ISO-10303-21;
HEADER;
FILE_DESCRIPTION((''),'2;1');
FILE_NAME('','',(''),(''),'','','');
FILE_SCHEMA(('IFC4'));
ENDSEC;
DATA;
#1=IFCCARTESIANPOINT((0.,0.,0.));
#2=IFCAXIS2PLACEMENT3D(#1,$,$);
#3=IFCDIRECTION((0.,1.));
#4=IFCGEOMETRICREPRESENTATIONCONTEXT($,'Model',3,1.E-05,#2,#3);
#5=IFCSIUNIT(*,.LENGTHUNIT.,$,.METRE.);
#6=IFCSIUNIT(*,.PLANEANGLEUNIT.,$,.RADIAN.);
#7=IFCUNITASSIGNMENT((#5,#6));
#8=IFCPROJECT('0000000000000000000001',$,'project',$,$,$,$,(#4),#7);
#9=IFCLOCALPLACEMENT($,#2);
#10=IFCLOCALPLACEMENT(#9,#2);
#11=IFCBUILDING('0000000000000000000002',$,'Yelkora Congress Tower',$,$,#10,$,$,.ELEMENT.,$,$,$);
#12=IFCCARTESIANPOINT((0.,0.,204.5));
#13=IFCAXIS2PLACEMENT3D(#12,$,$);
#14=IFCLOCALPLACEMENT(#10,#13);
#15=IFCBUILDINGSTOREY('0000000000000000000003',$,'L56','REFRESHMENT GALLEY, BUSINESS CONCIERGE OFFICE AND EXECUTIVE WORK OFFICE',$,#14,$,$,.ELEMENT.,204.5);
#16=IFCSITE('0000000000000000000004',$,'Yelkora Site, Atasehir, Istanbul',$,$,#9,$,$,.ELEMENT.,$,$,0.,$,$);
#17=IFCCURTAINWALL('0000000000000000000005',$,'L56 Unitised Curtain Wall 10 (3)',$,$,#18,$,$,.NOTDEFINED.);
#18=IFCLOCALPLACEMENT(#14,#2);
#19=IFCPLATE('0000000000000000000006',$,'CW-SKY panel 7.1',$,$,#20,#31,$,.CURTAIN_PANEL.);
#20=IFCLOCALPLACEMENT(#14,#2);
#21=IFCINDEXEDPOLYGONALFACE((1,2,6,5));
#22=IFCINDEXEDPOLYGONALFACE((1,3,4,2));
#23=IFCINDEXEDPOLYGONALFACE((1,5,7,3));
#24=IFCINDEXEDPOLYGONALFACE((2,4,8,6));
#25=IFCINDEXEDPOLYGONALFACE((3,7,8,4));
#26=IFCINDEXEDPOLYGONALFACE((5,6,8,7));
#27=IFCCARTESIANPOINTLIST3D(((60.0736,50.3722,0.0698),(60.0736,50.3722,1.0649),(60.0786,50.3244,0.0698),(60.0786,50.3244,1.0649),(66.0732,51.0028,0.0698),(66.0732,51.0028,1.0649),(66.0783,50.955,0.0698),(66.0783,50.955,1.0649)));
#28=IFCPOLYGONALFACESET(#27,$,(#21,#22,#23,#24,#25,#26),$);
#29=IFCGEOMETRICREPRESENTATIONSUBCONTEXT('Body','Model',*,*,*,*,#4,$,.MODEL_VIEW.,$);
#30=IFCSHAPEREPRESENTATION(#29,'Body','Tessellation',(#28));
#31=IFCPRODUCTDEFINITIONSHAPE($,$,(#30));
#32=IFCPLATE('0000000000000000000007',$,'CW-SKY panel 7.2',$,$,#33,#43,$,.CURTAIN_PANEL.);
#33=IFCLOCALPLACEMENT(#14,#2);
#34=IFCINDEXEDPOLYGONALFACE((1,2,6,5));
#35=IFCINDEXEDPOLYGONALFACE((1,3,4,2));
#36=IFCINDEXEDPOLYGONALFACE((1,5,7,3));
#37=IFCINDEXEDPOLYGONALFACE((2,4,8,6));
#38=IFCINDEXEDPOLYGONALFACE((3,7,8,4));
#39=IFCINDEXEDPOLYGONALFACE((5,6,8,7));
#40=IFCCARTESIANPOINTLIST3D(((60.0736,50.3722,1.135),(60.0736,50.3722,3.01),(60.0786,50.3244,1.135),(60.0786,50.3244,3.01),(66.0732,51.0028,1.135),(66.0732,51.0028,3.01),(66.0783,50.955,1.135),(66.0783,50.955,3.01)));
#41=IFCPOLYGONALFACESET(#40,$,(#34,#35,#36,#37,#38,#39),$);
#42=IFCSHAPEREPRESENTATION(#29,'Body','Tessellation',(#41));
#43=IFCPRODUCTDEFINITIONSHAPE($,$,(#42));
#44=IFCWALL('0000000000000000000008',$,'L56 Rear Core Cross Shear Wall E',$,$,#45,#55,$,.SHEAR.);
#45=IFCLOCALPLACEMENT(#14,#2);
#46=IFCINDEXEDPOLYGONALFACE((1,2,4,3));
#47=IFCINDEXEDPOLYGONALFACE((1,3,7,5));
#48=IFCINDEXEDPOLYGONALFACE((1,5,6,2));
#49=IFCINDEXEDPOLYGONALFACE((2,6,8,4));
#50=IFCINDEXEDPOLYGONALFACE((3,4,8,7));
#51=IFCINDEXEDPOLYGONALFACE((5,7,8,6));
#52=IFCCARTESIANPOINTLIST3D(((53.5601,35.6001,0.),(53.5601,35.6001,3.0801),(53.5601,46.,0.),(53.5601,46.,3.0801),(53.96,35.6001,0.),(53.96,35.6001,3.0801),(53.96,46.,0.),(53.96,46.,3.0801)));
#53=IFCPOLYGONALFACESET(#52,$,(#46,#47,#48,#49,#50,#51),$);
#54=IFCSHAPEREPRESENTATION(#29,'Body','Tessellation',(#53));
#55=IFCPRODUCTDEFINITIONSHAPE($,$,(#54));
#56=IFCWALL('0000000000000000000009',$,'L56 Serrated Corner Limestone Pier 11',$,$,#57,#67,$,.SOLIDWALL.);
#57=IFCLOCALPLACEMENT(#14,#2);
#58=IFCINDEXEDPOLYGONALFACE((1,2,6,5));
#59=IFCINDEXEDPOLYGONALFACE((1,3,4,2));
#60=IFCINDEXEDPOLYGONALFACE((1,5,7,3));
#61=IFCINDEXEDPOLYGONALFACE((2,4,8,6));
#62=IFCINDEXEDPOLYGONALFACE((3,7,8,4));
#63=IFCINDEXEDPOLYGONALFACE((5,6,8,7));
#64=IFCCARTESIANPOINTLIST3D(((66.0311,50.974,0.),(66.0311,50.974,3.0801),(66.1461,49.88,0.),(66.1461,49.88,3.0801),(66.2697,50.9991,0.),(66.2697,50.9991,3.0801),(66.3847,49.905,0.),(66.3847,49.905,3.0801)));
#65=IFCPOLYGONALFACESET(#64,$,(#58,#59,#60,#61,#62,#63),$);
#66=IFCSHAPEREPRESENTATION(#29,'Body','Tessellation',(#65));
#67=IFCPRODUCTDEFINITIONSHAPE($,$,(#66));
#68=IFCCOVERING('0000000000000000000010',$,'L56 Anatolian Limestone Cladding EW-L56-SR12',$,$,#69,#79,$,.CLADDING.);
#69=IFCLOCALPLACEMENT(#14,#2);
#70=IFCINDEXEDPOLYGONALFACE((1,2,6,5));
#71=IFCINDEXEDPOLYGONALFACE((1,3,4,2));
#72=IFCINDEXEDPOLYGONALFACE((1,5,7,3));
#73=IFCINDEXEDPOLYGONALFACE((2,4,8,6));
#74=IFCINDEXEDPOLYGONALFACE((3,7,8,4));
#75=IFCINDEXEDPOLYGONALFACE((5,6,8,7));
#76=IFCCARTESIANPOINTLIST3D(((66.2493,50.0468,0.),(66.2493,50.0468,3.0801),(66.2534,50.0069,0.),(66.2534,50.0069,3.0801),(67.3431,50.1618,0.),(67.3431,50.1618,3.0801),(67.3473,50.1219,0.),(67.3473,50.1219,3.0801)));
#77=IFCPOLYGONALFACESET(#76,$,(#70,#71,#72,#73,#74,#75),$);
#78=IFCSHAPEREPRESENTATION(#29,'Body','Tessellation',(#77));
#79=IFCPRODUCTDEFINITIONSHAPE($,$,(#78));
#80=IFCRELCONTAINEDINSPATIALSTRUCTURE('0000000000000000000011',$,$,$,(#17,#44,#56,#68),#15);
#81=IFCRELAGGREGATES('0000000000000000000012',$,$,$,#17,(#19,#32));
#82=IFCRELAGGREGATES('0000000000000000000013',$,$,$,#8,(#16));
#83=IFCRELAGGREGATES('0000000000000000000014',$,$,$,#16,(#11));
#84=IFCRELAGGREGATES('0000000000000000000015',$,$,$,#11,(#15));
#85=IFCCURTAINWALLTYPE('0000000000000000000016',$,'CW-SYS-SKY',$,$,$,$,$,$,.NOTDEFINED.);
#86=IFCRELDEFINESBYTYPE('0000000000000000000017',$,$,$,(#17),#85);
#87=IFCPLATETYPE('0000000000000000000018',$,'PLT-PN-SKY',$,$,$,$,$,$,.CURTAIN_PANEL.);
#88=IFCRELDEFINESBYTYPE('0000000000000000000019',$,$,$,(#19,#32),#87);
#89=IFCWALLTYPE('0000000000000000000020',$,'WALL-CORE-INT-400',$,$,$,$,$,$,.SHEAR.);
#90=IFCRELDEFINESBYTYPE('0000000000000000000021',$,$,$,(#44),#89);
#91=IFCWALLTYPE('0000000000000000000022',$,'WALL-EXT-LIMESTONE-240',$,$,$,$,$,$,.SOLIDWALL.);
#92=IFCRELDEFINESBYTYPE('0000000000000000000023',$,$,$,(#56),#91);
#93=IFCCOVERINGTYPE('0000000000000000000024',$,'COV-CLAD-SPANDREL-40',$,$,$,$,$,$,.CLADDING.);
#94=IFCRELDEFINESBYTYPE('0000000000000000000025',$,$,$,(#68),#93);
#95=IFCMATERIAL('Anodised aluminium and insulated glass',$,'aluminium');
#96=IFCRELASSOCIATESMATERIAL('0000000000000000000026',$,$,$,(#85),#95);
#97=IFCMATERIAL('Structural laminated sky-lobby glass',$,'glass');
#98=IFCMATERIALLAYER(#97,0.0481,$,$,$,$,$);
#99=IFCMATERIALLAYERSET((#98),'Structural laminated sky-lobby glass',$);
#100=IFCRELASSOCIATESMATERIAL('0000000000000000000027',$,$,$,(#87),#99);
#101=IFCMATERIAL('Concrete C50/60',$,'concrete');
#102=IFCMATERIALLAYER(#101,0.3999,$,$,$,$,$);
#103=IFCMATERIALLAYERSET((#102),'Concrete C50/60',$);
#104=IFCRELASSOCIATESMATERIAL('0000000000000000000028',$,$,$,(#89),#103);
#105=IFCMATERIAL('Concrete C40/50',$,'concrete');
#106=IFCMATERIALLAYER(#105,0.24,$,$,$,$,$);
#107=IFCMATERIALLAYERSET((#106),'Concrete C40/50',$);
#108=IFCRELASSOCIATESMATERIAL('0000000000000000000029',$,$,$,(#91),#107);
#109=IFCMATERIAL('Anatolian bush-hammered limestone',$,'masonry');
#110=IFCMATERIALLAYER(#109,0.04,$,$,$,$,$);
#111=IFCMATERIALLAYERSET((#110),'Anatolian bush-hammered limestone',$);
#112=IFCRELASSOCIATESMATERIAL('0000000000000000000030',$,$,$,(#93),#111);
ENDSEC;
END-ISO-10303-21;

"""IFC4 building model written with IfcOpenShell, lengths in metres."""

from ifc_helpers import new_model, si_unit, direction, frame, frame_2d, origin, origin_2d, place, context, subcontext, project, spatial, rectangle, extrude, material, layer, layer_set, type_object, element, aggregate, save


model = new_model("IFC4")

# Units and contexts
model_context = context("Model", 3, precision=1e-05, world=origin(), true_north=direction((0.0, 1.0)))
body_context = subcontext(model_context, "Body", "Model", "MODEL_VIEW")
ifc_project = project(units=[si_unit("LENGTHUNIT", "METRE"), si_unit("PLANEANGLEUNIT", "RADIAN")], contexts=[model_context])

# Site, building, storey
site_placement = place(None, origin())
site = spatial("IfcSite", under=ifc_project, at=site_placement, Name="Yelkora Site, Atasehir, Istanbul", CompositionType="ELEMENT", RefElevation=0.0)
building_placement = place(site_placement, origin())
building = spatial("IfcBuilding", under=site, at=building_placement, Name="Yelkora Congress Tower", CompositionType="ELEMENT")
storey_placement = place(building_placement, frame((0.0, 0.0, 204.5)))
storey = spatial("IfcBuildingStorey", under=building, at=storey_placement, Name="L56", Description="REFRESHMENT GALLEY, BUSINESS CONCIERGE OFFICE AND EXECUTIVE WORK OFFICE", CompositionType="ELEMENT", Elevation=204.5)

# Curtain wall, plates
ifc_material_1 = material(Name="Anodised aluminium and insulated glass", Category="aluminium")
curtain_wall_type = type_object("IfcCurtainWallType", Name="CW-SYS-SKY", PredefinedType="NOTDEFINED", material=ifc_material_1)
curtain_wall_placement = place(storey_placement, origin())
curtain_wall = element("IfcCurtainWall", 1, at=curtain_wall_placement, inside=storey, type_object=curtain_wall_type, Name="L56 Unitised Curtain Wall 10 (3)", PredefinedType="NOTDEFINED")
ifc_material_2 = material(Name="Structural laminated sky-lobby glass", Category="glass")
ifc_layer_1 = layer(ifc_material_2, 0.0481)
ifc_layer_set_1 = layer_set([ifc_layer_1], Name="Structural laminated sky-lobby glass")
plate_type = type_object("IfcPlateType", Name="PLT-PN-SKY", PredefinedType="CURTAIN_PANEL", material=ifc_layer_set_1)
plate_1_placement = place(storey_placement, frame((63.0759, 50.6636, 0.0698), z_axis=(0.0, 0.0, 1.0), x_axis=(0.994522, 0.104528, 0.0)))
plate_1 = element("IfcPlate", 2, at=plate_1_placement, type_object=plate_type, Name="CW-SKY panel 7.1", PredefinedType="CURTAIN_PANEL", context=body_context, shape_type="SweptSolid", body=[
    extrude(rectangle(XDim=6.0327, YDim=0.0481, at=origin_2d()), origin(), (0.0, 0.0, 1.0), 0.9951),
])
plate_2_placement = place(storey_placement, frame((63.0759, 50.6636, 1.135), z_axis=(0.0, 0.0, 1.0), x_axis=(0.994522, 0.104528, 0.0)))
plate_2 = element("IfcPlate", 3, at=plate_2_placement, type_object=plate_type, Name="CW-SKY panel 7.2", PredefinedType="CURTAIN_PANEL", context=body_context, shape_type="SweptSolid", body=[
    extrude(rectangle(XDim=6.0327, YDim=0.0481, at=origin_2d()), origin(), (0.0, 0.0, 1.0), 1.875),
])
aggregate(curtain_wall, [plate_1, plate_2])

# Walls
ifc_material_3 = material(Name="Concrete C50/60", Category="concrete")
ifc_layer_2 = layer(ifc_material_3, 0.3999)
ifc_layer_set_2 = layer_set([ifc_layer_2], Name="Concrete C50/60")
wall_type_1 = type_object("IfcWallType", Name="WALL-CORE-INT-400", PredefinedType="SHEAR", material=ifc_layer_set_2)
wall_1_placement = place(storey_placement, frame((53.76, 35.6001, 0.0), z_axis=(0.0, 0.0, 1.0), x_axis=(0.0, 1.0, 0.0)))
element("IfcWall", 4, at=wall_1_placement, inside=storey, type_object=wall_type_1, Name="L56 Rear Core Cross Shear Wall E", PredefinedType="SHEAR", context=body_context, shape_type="SweptSolid", body=[
    extrude(rectangle(XDim=10.3999, YDim=0.3999, at=frame_2d((5.2, 0.0))), origin(), (0.0, 0.0, 1.0), 3.0801),
])
ifc_material_4 = material(Name="Concrete C40/50", Category="concrete")
ifc_layer_3 = layer(ifc_material_4, 0.24)
ifc_layer_set_3 = layer_set([ifc_layer_3], Name="Concrete C40/50")
wall_type_2 = type_object("IfcWallType", Name="WALL-EXT-LIMESTONE-240", PredefinedType="SOLIDWALL", material=ifc_layer_set_3)
wall_2_placement = place(storey_placement, frame((66.1504, 50.9866, 0.0), z_axis=(0.0, 0.0, 1.0), x_axis=(0.104535, -0.994521, 0.0)))
element("IfcWall", 5, at=wall_2_placement, inside=storey, type_object=wall_type_2, Name="L56 Serrated Corner Limestone Pier 11", PredefinedType="SOLIDWALL", context=body_context, shape_type="SweptSolid", body=[
    extrude(rectangle(XDim=1.1001, YDim=0.24, at=frame_2d((0.55, 0.0))), origin(), (0.0, 0.0, 1.0), 3.0801),
])

# Covering
ifc_material_5 = material(Name="Anatolian bush-hammered limestone", Category="masonry")
ifc_layer_4 = layer(ifc_material_5, 0.04)
ifc_layer_set_4 = layer_set([ifc_layer_4], Name="Anatolian bush-hammered limestone")
covering_type = type_object("IfcCoveringType", Name="COV-CLAD-SPANDREL-40", PredefinedType="CLADDING", material=ifc_layer_set_4)
covering_placement = place(storey_placement, frame((66.2515, 50.0269, 0.0), z_axis=(0.0, 0.0, 1.0), x_axis=(0.994519, 0.104558, 0.0)))
element("IfcCovering", 6, at=covering_placement, inside=storey, type_object=covering_type, Name="L56 Anatolian Limestone Cladding EW-L56-SR12", PredefinedType="CLADDING", context=body_context, shape_type="SweptSolid", body=[
    extrude(rectangle(XDim=1.0999, YDim=0.04, at=frame_2d((0.5498, 0.0))), origin(), (0.0, 0.0, 1.0), 3.0801),
])

save(model, "model.ifc")
